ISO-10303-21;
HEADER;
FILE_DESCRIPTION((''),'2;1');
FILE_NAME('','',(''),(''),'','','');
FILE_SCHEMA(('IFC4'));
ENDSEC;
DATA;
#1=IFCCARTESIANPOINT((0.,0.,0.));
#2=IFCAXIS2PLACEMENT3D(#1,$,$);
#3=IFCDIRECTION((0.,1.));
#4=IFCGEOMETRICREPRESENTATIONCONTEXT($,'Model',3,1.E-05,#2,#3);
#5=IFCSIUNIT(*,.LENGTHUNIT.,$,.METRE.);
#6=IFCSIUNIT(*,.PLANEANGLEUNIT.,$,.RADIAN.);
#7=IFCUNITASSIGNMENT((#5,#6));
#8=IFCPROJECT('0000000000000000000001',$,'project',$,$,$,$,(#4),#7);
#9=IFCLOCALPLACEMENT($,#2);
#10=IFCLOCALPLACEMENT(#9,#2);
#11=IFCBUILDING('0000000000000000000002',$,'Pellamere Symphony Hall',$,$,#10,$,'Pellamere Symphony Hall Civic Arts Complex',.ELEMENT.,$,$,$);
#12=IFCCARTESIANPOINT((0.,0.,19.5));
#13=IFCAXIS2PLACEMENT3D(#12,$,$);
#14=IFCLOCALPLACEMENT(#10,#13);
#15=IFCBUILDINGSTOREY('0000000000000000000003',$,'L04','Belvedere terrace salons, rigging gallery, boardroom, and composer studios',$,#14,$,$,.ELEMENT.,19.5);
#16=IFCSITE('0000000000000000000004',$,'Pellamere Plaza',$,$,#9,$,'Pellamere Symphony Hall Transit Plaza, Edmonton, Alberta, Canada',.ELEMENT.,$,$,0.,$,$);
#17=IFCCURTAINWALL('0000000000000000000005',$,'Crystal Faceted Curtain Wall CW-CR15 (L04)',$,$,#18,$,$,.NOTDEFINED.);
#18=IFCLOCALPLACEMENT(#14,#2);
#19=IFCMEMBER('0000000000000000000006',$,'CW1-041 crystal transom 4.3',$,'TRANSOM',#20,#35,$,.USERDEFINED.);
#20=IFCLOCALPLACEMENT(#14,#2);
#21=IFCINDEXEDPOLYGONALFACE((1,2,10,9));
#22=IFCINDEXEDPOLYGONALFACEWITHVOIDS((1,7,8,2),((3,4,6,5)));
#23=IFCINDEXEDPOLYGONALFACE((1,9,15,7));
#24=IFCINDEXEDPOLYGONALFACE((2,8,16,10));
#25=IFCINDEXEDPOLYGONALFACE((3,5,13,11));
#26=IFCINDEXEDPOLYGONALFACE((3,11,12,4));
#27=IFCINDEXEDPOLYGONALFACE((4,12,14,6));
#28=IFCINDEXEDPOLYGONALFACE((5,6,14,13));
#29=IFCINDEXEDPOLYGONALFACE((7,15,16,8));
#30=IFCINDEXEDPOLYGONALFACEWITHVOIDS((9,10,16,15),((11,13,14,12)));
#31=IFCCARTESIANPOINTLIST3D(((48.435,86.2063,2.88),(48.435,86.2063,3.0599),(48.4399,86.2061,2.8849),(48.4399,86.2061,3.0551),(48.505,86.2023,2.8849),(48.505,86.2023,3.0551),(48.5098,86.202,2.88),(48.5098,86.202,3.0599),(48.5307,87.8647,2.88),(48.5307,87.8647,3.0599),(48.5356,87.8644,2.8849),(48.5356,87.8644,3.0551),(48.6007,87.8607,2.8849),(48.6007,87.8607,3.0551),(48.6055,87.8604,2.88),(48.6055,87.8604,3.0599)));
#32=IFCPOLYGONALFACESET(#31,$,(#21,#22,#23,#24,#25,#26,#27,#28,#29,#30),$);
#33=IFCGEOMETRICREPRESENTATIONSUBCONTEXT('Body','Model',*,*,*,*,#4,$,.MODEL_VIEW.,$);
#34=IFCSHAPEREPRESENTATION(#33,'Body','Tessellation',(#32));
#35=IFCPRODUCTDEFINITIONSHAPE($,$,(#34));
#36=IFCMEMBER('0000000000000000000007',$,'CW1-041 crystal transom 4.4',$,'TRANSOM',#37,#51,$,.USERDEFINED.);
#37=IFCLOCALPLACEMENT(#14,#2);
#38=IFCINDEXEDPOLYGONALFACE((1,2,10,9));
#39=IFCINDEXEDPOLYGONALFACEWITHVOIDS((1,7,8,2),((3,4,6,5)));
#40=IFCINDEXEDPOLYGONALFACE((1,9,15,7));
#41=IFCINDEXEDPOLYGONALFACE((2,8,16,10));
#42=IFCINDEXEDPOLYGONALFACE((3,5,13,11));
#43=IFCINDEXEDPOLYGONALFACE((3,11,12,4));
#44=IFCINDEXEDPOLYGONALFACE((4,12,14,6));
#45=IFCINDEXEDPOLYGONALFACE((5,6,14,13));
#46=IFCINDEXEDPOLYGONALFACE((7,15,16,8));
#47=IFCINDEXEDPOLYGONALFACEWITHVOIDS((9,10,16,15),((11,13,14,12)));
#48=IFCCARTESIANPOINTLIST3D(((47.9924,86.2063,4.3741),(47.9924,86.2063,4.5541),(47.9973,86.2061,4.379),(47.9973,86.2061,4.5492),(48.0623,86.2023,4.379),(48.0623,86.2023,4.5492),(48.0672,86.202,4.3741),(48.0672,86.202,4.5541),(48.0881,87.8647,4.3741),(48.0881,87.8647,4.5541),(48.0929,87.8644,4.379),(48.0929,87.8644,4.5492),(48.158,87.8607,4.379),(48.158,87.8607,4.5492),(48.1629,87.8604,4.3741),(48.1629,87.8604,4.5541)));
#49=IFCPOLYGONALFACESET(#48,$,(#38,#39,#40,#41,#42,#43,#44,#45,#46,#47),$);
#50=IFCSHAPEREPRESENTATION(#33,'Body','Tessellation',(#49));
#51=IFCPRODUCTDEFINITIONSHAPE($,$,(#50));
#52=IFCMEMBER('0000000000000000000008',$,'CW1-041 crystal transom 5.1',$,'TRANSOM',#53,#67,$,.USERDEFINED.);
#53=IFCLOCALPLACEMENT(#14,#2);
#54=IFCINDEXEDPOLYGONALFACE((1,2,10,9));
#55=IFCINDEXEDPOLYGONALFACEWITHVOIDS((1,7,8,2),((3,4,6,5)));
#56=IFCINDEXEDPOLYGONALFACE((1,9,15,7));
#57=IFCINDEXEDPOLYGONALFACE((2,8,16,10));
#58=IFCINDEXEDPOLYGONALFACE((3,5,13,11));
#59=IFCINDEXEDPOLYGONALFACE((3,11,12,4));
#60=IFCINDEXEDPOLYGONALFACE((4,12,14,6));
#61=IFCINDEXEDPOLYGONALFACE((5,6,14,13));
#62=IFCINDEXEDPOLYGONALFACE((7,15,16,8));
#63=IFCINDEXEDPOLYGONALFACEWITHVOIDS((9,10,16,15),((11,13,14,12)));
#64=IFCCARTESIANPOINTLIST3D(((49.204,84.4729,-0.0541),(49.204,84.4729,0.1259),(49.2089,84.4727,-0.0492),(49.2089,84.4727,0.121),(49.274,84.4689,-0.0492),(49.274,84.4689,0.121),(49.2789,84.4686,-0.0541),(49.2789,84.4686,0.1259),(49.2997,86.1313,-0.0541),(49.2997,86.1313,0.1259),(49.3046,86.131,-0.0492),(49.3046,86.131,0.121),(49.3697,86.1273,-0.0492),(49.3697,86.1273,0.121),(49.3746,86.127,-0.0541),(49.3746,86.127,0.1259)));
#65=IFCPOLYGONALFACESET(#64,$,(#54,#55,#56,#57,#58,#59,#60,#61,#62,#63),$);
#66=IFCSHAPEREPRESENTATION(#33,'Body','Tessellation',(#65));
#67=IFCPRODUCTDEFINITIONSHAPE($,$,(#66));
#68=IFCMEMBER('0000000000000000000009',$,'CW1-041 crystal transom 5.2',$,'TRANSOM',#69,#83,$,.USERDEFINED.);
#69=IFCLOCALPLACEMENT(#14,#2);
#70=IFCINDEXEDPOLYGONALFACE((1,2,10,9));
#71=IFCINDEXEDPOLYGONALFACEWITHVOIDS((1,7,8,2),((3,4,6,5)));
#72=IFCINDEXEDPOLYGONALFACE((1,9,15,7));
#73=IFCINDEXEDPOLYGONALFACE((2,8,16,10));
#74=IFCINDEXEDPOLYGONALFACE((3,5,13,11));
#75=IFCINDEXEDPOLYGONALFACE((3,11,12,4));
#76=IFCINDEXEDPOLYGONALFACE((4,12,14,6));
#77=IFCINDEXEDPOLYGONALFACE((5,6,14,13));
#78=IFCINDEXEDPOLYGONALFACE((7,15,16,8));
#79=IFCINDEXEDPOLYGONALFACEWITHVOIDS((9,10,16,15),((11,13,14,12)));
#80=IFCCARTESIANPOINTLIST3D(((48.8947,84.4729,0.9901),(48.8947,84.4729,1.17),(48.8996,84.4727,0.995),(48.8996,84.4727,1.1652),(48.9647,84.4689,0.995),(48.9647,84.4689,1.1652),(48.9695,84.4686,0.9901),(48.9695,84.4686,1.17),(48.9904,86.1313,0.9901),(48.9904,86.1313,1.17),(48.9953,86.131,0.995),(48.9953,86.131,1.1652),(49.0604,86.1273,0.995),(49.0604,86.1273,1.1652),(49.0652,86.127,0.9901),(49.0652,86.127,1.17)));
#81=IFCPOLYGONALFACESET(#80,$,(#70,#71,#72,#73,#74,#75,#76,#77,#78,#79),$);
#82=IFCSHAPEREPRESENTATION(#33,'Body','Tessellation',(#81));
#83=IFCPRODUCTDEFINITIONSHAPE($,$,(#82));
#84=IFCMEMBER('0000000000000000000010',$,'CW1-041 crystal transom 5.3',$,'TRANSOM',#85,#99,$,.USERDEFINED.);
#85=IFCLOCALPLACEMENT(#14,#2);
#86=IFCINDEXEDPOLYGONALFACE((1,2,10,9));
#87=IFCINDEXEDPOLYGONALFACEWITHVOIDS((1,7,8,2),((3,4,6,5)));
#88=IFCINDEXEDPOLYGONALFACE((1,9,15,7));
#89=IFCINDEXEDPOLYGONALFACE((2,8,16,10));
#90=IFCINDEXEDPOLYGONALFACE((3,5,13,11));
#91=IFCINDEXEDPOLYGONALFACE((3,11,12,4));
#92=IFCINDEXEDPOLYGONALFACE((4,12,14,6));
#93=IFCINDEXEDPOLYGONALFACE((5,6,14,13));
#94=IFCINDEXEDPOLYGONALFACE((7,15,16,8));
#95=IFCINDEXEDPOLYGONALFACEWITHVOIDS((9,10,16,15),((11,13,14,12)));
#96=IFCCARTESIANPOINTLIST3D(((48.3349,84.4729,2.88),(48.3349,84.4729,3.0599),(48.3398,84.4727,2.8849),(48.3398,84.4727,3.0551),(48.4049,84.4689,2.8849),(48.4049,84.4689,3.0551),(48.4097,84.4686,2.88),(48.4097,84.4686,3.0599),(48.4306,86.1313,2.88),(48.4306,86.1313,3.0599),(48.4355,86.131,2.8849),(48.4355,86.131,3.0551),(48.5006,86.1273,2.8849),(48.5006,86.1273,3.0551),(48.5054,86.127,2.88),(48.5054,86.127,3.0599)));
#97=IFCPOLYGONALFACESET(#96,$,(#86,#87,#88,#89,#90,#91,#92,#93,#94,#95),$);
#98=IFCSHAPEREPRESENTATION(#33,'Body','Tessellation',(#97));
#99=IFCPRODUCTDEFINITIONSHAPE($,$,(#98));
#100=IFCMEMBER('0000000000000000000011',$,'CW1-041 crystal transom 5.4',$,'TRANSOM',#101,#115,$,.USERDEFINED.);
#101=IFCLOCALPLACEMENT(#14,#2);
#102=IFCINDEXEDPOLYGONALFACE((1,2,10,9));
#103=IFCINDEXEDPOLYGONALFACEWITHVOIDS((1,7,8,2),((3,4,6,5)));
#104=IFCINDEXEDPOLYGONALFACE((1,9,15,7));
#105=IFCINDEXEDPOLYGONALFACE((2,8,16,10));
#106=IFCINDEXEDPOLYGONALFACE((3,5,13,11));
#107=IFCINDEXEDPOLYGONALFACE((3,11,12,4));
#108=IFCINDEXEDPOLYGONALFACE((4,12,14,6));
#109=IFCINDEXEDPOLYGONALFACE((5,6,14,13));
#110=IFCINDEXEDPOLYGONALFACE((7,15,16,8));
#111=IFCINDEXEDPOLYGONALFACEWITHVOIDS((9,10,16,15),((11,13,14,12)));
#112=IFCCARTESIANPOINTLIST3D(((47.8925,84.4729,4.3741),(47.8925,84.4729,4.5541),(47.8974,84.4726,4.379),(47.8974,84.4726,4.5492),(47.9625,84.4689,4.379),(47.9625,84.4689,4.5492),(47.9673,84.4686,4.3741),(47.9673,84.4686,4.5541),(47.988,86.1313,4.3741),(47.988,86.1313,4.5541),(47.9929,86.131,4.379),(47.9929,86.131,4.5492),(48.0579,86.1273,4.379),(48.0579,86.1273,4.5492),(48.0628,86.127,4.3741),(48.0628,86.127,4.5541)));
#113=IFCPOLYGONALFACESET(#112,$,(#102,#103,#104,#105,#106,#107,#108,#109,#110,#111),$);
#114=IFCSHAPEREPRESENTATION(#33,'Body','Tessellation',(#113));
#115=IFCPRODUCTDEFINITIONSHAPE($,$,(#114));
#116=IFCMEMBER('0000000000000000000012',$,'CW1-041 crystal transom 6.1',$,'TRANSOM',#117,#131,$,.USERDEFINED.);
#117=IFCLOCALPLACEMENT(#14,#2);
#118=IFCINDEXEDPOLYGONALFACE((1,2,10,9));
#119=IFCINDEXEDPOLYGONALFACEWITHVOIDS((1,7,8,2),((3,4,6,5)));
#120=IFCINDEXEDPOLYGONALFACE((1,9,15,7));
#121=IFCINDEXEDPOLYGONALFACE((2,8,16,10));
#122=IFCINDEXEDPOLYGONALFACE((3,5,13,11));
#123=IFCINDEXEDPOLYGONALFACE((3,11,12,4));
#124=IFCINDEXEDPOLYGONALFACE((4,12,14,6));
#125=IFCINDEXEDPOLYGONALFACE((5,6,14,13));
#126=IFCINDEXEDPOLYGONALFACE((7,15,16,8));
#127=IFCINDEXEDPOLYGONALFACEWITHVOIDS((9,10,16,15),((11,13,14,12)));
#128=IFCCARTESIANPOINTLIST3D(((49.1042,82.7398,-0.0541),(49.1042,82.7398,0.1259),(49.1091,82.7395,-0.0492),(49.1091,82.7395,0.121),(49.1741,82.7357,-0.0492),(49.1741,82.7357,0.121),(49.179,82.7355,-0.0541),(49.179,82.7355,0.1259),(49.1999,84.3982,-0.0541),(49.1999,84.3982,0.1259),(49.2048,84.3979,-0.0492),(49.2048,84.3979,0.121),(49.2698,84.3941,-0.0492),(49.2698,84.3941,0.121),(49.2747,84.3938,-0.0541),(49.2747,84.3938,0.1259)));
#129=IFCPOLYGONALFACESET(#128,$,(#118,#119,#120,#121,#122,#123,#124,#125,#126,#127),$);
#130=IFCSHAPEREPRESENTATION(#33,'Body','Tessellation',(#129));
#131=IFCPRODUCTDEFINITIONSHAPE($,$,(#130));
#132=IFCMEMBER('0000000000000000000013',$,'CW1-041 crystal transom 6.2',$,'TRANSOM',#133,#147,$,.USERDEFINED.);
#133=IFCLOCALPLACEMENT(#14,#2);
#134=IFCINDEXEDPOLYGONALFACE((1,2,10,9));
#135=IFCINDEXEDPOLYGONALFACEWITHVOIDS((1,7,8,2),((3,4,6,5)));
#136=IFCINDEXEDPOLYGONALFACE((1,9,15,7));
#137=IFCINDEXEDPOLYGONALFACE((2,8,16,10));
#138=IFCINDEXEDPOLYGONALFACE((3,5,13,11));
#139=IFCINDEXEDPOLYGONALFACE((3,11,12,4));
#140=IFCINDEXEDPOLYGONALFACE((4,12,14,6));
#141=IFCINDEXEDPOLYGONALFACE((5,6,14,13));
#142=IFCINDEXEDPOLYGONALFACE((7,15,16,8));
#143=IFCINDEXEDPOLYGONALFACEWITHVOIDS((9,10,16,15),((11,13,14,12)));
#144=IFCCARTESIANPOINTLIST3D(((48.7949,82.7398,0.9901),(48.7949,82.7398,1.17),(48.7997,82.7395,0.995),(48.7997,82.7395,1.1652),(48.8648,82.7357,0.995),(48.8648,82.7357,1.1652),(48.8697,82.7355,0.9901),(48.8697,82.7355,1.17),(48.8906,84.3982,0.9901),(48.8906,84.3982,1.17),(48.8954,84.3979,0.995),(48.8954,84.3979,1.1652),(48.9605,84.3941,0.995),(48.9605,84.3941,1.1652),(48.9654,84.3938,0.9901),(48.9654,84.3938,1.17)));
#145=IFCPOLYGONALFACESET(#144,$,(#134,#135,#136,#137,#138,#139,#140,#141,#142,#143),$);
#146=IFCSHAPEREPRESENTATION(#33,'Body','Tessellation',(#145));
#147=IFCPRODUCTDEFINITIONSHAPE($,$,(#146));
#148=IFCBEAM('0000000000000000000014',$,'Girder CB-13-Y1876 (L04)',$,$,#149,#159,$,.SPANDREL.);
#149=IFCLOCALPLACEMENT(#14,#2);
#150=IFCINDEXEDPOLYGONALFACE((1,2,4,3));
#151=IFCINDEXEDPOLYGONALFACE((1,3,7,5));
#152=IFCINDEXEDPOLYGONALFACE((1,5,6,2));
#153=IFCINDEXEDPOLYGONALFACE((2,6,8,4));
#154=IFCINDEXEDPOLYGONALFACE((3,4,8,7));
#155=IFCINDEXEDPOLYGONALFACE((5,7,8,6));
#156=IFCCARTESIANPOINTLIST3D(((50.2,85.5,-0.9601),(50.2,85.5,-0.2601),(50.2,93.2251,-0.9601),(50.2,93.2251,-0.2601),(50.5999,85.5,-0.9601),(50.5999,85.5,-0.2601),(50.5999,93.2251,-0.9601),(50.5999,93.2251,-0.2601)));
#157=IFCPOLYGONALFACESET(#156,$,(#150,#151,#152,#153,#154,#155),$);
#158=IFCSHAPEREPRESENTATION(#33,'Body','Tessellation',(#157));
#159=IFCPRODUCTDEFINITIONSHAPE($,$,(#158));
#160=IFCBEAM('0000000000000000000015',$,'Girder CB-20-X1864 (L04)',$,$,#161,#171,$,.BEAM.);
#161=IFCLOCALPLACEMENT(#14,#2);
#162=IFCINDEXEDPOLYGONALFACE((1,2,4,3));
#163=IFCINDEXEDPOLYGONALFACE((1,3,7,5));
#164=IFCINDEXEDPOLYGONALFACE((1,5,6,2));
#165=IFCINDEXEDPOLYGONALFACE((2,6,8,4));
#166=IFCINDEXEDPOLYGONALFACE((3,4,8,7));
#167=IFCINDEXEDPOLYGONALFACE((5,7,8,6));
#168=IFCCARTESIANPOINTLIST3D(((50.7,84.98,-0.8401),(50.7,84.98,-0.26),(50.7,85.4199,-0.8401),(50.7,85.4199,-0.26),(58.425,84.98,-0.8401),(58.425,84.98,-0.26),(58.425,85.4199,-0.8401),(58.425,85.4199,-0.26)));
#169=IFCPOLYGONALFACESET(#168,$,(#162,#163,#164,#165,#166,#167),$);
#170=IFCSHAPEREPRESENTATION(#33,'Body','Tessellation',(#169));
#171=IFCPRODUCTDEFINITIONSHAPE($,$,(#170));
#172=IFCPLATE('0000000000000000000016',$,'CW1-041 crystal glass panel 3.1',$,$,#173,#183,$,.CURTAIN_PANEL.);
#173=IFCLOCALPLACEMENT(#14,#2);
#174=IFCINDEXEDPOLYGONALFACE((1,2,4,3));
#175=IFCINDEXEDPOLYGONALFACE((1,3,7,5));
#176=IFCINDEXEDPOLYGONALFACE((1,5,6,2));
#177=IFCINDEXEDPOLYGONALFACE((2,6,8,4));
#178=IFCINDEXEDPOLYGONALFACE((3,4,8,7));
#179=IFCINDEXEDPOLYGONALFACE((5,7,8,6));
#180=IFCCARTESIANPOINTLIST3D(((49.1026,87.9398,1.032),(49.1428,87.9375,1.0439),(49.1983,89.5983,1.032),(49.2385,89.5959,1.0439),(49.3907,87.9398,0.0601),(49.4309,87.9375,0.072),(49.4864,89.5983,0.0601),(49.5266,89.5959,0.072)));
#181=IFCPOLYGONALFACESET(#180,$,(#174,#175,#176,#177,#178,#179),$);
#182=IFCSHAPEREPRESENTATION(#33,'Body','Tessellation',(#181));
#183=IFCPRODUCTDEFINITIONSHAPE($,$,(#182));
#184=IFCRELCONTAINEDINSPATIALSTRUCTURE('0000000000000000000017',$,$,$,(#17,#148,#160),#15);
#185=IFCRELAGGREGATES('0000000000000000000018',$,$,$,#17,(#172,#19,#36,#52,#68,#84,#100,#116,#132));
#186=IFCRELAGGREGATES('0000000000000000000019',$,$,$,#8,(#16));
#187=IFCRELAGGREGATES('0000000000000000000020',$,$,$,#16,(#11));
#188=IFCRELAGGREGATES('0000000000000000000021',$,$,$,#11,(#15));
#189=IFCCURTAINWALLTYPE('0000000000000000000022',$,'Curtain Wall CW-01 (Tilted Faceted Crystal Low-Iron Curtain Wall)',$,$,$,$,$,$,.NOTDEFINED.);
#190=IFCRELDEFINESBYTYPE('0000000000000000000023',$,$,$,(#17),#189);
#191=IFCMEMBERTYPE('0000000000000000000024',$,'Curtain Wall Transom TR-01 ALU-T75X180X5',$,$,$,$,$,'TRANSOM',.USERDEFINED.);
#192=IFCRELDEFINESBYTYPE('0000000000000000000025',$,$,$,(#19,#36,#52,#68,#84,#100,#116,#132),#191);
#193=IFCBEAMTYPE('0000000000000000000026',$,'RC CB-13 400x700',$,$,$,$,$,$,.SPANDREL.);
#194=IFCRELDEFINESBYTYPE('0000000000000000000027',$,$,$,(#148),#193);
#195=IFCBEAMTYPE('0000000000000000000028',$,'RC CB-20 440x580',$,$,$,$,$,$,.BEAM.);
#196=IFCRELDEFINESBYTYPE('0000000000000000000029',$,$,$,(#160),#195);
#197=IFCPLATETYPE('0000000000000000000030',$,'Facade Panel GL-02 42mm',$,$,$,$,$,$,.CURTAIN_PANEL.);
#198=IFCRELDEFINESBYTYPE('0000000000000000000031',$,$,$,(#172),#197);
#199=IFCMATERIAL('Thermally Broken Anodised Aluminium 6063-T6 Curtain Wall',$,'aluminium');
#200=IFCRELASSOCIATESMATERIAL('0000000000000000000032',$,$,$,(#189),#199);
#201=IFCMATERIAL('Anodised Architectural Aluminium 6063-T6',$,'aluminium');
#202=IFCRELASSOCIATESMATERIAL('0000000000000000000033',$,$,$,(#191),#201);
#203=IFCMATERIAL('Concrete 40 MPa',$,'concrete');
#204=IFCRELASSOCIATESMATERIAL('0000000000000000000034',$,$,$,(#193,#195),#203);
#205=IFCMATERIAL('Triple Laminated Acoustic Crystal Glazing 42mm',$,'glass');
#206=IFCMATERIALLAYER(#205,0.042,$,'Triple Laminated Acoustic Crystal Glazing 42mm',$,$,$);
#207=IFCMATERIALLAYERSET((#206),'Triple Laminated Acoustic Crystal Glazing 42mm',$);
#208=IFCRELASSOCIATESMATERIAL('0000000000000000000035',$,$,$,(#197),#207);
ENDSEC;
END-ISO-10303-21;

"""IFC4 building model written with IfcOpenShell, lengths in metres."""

from ifc_helpers import new_model, si_unit, direction, frame, origin, origin_2d, place, context, subcontext, project, spatial, polyline, rectangle, hollow_rectangle, outline, extrude, material, layer, layer_set, material_profile, profile_set, type_object, element, aggregate, save


model = new_model("IFC4")

# Units and contexts
model_context = context("Model", 3, precision=1e-05, world=origin(), true_north=direction((0.0, 1.0)))
body_context = subcontext(model_context, "Body", "Model", "MODEL_VIEW")
ifc_project = project(units=[si_unit("LENGTHUNIT", "METRE"), si_unit("PLANEANGLEUNIT", "RADIAN")], contexts=[model_context])

# Site, building, storey
site_placement = place(None, origin())
site = spatial("IfcSite", under=ifc_project, at=site_placement, Name="Pellamere Plaza", LongName="Pellamere Symphony Hall Transit Plaza, Edmonton, Alberta, Canada", CompositionType="ELEMENT", RefElevation=0.0)
building_placement = place(site_placement, origin())
building = spatial("IfcBuilding", under=site, at=building_placement, Name="Pellamere Symphony Hall", LongName="Pellamere Symphony Hall Civic Arts Complex", CompositionType="ELEMENT")
storey_placement = place(building_placement, frame((0.0, 0.0, 19.5)))
storey = spatial("IfcBuildingStorey", under=building, at=storey_placement, Name="L04", Description="Belvedere terrace salons, rigging gallery, boardroom, and composer studios", CompositionType="ELEMENT", Elevation=19.5)

# Curtain wall, members
ifc_material_1 = material(Name="Thermally Broken Anodised Aluminium 6063-T6 Curtain Wall", Category="aluminium")
curtain_wall_type = type_object("IfcCurtainWallType", Name="Curtain Wall CW-01 (Tilted Faceted Crystal Low-Iron Curtain Wall)", PredefinedType="NOTDEFINED", material=ifc_material_1)
curtain_wall_placement = place(storey_placement, origin())
curtain_wall = element("IfcCurtainWall", 1, at=curtain_wall_placement, inside=storey, type_object=curtain_wall_type, Name="Crystal Faceted Curtain Wall CW-CR15 (L04)", PredefinedType="NOTDEFINED")
ifc_material_2 = material(Name="Anodised Architectural Aluminium 6063-T6", Category="aluminium")
ifc_material_profile_1 = material_profile(ifc_material_2, hollow_rectangle(XDim=0.075, YDim=0.1799, WallThickness=0.0049, at=origin_2d()), Name="ALU-T75X180X5")
ifc_profile_set_1 = profile_set([ifc_material_profile_1], Name="Anodised Architectural Aluminium 6063-T6")
member_type_1 = type_object("IfcMemberType", Name="Curtain Wall Transom TR-01 ALU-T75X180X5", ElementType="TRANSOM", PredefinedType="USERDEFINED", material=ifc_profile_set_1)
member_1_placement = place(storey_placement, frame((48.5681, 87.8625, 2.97), z_axis=(-0.057611, -0.998339, 0.0), x_axis=(0.998339, -0.057611, 0.0)))
member_1 = element("IfcMember", 2, at=member_1_placement, type_object=member_type_1, Name="CW1-041 crystal transom 4.3", ObjectType="TRANSOM", PredefinedType="USERDEFINED", context=body_context, shape_type="SweptSolid", body=[
    extrude(hollow_rectangle(XDim=0.075, YDim=0.1799, WallThickness=0.0049, at=origin_2d()), origin(), (0.0, 0.0, 1.0), 1.6611),
])
member_2_placement = place(storey_placement, frame((48.1255, 87.8625, 4.4641), z_axis=(-0.057611, -0.998339, 0.0), x_axis=(0.998339, -0.057611, 0.0)))
member_2 = element("IfcMember", 3, at=member_2_placement, type_object=member_type_1, Name="CW1-041 crystal transom 4.4", ObjectType="TRANSOM", PredefinedType="USERDEFINED", context=body_context, shape_type="SweptSolid", body=[
    extrude(hollow_rectangle(XDim=0.075, YDim=0.1799, WallThickness=0.0049, at=origin_2d()), origin(), (0.0, 0.0, 1.0), 1.6611),
])
member_3_placement = place(storey_placement, frame((49.3372, 86.1292, 0.0359), z_axis=(-0.057611, -0.998339, 0.0), x_axis=(0.998339, -0.057611, 0.0)))
member_3 = element("IfcMember", 4, at=member_3_placement, type_object=member_type_1, Name="CW1-041 crystal transom 5.1", ObjectType="TRANSOM", PredefinedType="USERDEFINED", context=body_context, shape_type="SweptSolid", body=[
    extrude(hollow_rectangle(XDim=0.075, YDim=0.1799, WallThickness=0.0049, at=origin_2d()), origin(), (0.0, 0.0, 1.0), 1.6611),
])
member_4_placement = place(storey_placement, frame((49.0278, 86.1292, 1.0801), z_axis=(-0.057611, -0.998339, 0.0), x_axis=(0.998339, -0.057611, 0.0)))
member_4 = element("IfcMember", 5, at=member_4_placement, type_object=member_type_1, Name="CW1-041 crystal transom 5.2", ObjectType="TRANSOM", PredefinedType="USERDEFINED", context=body_context, shape_type="SweptSolid", body=[
    extrude(hollow_rectangle(XDim=0.075, YDim=0.1799, WallThickness=0.0049, at=origin_2d()), origin(), (0.0, 0.0, 1.0), 1.6611),
])
member_5_placement = place(storey_placement, frame((48.468, 86.1292, 2.97), z_axis=(-0.057611, -0.998339, 0.0), x_axis=(0.998339, -0.057611, 0.0)))
member_5 = element("IfcMember", 6, at=member_5_placement, type_object=member_type_1, Name="CW1-041 crystal transom 5.3", ObjectType="TRANSOM", PredefinedType="USERDEFINED", context=body_context, shape_type="SweptSolid", body=[
    extrude(hollow_rectangle(XDim=0.075, YDim=0.1799, WallThickness=0.0049, at=origin_2d()), origin(), (0.0, 0.0, 1.0), 1.6611),
])
member_6_placement = place(storey_placement, frame((48.0254, 86.1292, 4.4641), z_axis=(-0.057464, -0.998348, 0.0), x_axis=(0.998348, -0.057464, 0.0)))
member_6 = element("IfcMember", 7, at=member_6_placement, type_object=member_type_1, Name="CW1-041 crystal transom 5.4", ObjectType="TRANSOM", PredefinedType="USERDEFINED", context=body_context, shape_type="SweptSolid", body=[
    extrude(hollow_rectangle(XDim=0.075, YDim=0.1799, WallThickness=0.0049, at=origin_2d()), origin(), (0.0, 0.0, 1.0), 1.6611),
])
member_7_placement = place(storey_placement, frame((49.2373, 84.396, 0.0359), z_axis=(-0.057611, -0.998339, 0.0), x_axis=(0.998339, -0.057611, 0.0)))
member_7 = element("IfcMember", 8, at=member_7_placement, type_object=member_type_1, Name="CW1-041 crystal transom 6.1", ObjectType="TRANSOM", PredefinedType="USERDEFINED", context=body_context, shape_type="SweptSolid", body=[
    extrude(hollow_rectangle(XDim=0.075, YDim=0.1799, WallThickness=0.0049, at=origin_2d()), origin(), (0.0, 0.0, 1.0), 1.6611),
])
member_8_placement = place(storey_placement, frame((48.928, 84.396, 1.0801), z_axis=(-0.057611, -0.998339, 0.0), x_axis=(0.998339, -0.057611, 0.0)))
member_8 = element("IfcMember", 9, at=member_8_placement, type_object=member_type_1, Name="CW1-041 crystal transom 6.2", ObjectType="TRANSOM", PredefinedType="USERDEFINED", context=body_context, shape_type="SweptSolid", body=[
    extrude(hollow_rectangle(XDim=0.075, YDim=0.1799, WallThickness=0.0049, at=origin_2d()), origin(), (0.0, 0.0, 1.0), 1.6611),
])

# Beams
ifc_material_3 = material(Name="Concrete 40 MPa", Category="concrete")
ifc_material_profile_2 = material_profile(ifc_material_3, rectangle(XDim=0.3999, YDim=0.7, at=origin_2d()), Name="RC 400x700")
ifc_profile_set_2 = profile_set([ifc_material_profile_2], Name="Concrete 40 MPa")
beam_type_1 = type_object("IfcBeamType", Name="RC CB-13 400x700", PredefinedType="SPANDREL", material=ifc_profile_set_2)
beam_1_placement = place(storey_placement, frame((50.3999, 85.5, -0.6101), z_axis=(0.0, 1.0, 0.0), x_axis=(-1.0, 0.0, 0.0)))
element("IfcBeam", 10, at=beam_1_placement, inside=storey, type_object=beam_type_1, Name="Girder CB-13-Y1876 (L04)", PredefinedType="SPANDREL", context=body_context, shape_type="SweptSolid", body=[
    extrude(rectangle(XDim=0.3999, YDim=0.7, at=origin_2d()), origin(), (0.0, 0.0, 1.0), 7.7251),
])
ifc_material_profile_3 = material_profile(ifc_material_3, rectangle(XDim=0.4399, YDim=0.5801, at=origin_2d()), Name="RC 440x580")
ifc_profile_set_3 = profile_set([ifc_material_profile_3], Name="Concrete 40 MPa")
beam_type_2 = type_object("IfcBeamType", Name="RC CB-20 440x580", PredefinedType="BEAM", material=ifc_profile_set_3)
beam_2_placement = place(storey_placement, frame((50.7, 85.2, -0.55), z_axis=(1.0, 0.0, 0.0), x_axis=(0.0, 1.0, 0.0)))
element("IfcBeam", 11, at=beam_2_placement, inside=storey, type_object=beam_type_2, Name="Girder CB-20-X1864 (L04)", PredefinedType="BEAM", context=body_context, shape_type="SweptSolid", body=[
    extrude(rectangle(XDim=0.4399, YDim=0.5801, at=origin_2d()), origin(), (0.0, 0.0, 1.0), 7.7251),
])

# Plate
ifc_material_4 = material(Name="Triple Laminated Acoustic Crystal Glazing 42mm", Category="glass")
ifc_layer_1 = layer(ifc_material_4, 0.042, Name="Triple Laminated Acoustic Crystal Glazing 42mm")
ifc_layer_set_1 = layer_set([ifc_layer_1], Name="Triple Laminated Acoustic Crystal Glazing 42mm")
plate_type = type_object("IfcPlateType", Name="Facade Panel GL-02 42mm", PredefinedType="CURTAIN_PANEL", material=ifc_layer_set_1)
plate_1_placement = place(storey_placement, frame((49.5266, 89.5959, 0.072), z_axis=(0.957305, -0.055243, 0.283753), x_axis=(-0.057611, -0.998339, 0.0)))
plate_1 = element("IfcPlate", 12, at=plate_1_placement, type_object=plate_type, Name="CW1-041 crystal glass panel 3.1", PredefinedType="CURTAIN_PANEL", context=body_context, shape_type="SweptSolid", body=[
    extrude(outline(polyline([(0.0, 0.0), (1.6612, 0.0), (1.6778, -1.0136), (0.0166, -1.0136), (0.0, 0.0)])), origin(), (0.0, 0.0, -1.0), 0.042),
])
aggregate(curtain_wall, [plate_1, member_1, member_2, member_3, member_4, member_5, member_6, member_7, member_8])

save(model, "model.ifc")
